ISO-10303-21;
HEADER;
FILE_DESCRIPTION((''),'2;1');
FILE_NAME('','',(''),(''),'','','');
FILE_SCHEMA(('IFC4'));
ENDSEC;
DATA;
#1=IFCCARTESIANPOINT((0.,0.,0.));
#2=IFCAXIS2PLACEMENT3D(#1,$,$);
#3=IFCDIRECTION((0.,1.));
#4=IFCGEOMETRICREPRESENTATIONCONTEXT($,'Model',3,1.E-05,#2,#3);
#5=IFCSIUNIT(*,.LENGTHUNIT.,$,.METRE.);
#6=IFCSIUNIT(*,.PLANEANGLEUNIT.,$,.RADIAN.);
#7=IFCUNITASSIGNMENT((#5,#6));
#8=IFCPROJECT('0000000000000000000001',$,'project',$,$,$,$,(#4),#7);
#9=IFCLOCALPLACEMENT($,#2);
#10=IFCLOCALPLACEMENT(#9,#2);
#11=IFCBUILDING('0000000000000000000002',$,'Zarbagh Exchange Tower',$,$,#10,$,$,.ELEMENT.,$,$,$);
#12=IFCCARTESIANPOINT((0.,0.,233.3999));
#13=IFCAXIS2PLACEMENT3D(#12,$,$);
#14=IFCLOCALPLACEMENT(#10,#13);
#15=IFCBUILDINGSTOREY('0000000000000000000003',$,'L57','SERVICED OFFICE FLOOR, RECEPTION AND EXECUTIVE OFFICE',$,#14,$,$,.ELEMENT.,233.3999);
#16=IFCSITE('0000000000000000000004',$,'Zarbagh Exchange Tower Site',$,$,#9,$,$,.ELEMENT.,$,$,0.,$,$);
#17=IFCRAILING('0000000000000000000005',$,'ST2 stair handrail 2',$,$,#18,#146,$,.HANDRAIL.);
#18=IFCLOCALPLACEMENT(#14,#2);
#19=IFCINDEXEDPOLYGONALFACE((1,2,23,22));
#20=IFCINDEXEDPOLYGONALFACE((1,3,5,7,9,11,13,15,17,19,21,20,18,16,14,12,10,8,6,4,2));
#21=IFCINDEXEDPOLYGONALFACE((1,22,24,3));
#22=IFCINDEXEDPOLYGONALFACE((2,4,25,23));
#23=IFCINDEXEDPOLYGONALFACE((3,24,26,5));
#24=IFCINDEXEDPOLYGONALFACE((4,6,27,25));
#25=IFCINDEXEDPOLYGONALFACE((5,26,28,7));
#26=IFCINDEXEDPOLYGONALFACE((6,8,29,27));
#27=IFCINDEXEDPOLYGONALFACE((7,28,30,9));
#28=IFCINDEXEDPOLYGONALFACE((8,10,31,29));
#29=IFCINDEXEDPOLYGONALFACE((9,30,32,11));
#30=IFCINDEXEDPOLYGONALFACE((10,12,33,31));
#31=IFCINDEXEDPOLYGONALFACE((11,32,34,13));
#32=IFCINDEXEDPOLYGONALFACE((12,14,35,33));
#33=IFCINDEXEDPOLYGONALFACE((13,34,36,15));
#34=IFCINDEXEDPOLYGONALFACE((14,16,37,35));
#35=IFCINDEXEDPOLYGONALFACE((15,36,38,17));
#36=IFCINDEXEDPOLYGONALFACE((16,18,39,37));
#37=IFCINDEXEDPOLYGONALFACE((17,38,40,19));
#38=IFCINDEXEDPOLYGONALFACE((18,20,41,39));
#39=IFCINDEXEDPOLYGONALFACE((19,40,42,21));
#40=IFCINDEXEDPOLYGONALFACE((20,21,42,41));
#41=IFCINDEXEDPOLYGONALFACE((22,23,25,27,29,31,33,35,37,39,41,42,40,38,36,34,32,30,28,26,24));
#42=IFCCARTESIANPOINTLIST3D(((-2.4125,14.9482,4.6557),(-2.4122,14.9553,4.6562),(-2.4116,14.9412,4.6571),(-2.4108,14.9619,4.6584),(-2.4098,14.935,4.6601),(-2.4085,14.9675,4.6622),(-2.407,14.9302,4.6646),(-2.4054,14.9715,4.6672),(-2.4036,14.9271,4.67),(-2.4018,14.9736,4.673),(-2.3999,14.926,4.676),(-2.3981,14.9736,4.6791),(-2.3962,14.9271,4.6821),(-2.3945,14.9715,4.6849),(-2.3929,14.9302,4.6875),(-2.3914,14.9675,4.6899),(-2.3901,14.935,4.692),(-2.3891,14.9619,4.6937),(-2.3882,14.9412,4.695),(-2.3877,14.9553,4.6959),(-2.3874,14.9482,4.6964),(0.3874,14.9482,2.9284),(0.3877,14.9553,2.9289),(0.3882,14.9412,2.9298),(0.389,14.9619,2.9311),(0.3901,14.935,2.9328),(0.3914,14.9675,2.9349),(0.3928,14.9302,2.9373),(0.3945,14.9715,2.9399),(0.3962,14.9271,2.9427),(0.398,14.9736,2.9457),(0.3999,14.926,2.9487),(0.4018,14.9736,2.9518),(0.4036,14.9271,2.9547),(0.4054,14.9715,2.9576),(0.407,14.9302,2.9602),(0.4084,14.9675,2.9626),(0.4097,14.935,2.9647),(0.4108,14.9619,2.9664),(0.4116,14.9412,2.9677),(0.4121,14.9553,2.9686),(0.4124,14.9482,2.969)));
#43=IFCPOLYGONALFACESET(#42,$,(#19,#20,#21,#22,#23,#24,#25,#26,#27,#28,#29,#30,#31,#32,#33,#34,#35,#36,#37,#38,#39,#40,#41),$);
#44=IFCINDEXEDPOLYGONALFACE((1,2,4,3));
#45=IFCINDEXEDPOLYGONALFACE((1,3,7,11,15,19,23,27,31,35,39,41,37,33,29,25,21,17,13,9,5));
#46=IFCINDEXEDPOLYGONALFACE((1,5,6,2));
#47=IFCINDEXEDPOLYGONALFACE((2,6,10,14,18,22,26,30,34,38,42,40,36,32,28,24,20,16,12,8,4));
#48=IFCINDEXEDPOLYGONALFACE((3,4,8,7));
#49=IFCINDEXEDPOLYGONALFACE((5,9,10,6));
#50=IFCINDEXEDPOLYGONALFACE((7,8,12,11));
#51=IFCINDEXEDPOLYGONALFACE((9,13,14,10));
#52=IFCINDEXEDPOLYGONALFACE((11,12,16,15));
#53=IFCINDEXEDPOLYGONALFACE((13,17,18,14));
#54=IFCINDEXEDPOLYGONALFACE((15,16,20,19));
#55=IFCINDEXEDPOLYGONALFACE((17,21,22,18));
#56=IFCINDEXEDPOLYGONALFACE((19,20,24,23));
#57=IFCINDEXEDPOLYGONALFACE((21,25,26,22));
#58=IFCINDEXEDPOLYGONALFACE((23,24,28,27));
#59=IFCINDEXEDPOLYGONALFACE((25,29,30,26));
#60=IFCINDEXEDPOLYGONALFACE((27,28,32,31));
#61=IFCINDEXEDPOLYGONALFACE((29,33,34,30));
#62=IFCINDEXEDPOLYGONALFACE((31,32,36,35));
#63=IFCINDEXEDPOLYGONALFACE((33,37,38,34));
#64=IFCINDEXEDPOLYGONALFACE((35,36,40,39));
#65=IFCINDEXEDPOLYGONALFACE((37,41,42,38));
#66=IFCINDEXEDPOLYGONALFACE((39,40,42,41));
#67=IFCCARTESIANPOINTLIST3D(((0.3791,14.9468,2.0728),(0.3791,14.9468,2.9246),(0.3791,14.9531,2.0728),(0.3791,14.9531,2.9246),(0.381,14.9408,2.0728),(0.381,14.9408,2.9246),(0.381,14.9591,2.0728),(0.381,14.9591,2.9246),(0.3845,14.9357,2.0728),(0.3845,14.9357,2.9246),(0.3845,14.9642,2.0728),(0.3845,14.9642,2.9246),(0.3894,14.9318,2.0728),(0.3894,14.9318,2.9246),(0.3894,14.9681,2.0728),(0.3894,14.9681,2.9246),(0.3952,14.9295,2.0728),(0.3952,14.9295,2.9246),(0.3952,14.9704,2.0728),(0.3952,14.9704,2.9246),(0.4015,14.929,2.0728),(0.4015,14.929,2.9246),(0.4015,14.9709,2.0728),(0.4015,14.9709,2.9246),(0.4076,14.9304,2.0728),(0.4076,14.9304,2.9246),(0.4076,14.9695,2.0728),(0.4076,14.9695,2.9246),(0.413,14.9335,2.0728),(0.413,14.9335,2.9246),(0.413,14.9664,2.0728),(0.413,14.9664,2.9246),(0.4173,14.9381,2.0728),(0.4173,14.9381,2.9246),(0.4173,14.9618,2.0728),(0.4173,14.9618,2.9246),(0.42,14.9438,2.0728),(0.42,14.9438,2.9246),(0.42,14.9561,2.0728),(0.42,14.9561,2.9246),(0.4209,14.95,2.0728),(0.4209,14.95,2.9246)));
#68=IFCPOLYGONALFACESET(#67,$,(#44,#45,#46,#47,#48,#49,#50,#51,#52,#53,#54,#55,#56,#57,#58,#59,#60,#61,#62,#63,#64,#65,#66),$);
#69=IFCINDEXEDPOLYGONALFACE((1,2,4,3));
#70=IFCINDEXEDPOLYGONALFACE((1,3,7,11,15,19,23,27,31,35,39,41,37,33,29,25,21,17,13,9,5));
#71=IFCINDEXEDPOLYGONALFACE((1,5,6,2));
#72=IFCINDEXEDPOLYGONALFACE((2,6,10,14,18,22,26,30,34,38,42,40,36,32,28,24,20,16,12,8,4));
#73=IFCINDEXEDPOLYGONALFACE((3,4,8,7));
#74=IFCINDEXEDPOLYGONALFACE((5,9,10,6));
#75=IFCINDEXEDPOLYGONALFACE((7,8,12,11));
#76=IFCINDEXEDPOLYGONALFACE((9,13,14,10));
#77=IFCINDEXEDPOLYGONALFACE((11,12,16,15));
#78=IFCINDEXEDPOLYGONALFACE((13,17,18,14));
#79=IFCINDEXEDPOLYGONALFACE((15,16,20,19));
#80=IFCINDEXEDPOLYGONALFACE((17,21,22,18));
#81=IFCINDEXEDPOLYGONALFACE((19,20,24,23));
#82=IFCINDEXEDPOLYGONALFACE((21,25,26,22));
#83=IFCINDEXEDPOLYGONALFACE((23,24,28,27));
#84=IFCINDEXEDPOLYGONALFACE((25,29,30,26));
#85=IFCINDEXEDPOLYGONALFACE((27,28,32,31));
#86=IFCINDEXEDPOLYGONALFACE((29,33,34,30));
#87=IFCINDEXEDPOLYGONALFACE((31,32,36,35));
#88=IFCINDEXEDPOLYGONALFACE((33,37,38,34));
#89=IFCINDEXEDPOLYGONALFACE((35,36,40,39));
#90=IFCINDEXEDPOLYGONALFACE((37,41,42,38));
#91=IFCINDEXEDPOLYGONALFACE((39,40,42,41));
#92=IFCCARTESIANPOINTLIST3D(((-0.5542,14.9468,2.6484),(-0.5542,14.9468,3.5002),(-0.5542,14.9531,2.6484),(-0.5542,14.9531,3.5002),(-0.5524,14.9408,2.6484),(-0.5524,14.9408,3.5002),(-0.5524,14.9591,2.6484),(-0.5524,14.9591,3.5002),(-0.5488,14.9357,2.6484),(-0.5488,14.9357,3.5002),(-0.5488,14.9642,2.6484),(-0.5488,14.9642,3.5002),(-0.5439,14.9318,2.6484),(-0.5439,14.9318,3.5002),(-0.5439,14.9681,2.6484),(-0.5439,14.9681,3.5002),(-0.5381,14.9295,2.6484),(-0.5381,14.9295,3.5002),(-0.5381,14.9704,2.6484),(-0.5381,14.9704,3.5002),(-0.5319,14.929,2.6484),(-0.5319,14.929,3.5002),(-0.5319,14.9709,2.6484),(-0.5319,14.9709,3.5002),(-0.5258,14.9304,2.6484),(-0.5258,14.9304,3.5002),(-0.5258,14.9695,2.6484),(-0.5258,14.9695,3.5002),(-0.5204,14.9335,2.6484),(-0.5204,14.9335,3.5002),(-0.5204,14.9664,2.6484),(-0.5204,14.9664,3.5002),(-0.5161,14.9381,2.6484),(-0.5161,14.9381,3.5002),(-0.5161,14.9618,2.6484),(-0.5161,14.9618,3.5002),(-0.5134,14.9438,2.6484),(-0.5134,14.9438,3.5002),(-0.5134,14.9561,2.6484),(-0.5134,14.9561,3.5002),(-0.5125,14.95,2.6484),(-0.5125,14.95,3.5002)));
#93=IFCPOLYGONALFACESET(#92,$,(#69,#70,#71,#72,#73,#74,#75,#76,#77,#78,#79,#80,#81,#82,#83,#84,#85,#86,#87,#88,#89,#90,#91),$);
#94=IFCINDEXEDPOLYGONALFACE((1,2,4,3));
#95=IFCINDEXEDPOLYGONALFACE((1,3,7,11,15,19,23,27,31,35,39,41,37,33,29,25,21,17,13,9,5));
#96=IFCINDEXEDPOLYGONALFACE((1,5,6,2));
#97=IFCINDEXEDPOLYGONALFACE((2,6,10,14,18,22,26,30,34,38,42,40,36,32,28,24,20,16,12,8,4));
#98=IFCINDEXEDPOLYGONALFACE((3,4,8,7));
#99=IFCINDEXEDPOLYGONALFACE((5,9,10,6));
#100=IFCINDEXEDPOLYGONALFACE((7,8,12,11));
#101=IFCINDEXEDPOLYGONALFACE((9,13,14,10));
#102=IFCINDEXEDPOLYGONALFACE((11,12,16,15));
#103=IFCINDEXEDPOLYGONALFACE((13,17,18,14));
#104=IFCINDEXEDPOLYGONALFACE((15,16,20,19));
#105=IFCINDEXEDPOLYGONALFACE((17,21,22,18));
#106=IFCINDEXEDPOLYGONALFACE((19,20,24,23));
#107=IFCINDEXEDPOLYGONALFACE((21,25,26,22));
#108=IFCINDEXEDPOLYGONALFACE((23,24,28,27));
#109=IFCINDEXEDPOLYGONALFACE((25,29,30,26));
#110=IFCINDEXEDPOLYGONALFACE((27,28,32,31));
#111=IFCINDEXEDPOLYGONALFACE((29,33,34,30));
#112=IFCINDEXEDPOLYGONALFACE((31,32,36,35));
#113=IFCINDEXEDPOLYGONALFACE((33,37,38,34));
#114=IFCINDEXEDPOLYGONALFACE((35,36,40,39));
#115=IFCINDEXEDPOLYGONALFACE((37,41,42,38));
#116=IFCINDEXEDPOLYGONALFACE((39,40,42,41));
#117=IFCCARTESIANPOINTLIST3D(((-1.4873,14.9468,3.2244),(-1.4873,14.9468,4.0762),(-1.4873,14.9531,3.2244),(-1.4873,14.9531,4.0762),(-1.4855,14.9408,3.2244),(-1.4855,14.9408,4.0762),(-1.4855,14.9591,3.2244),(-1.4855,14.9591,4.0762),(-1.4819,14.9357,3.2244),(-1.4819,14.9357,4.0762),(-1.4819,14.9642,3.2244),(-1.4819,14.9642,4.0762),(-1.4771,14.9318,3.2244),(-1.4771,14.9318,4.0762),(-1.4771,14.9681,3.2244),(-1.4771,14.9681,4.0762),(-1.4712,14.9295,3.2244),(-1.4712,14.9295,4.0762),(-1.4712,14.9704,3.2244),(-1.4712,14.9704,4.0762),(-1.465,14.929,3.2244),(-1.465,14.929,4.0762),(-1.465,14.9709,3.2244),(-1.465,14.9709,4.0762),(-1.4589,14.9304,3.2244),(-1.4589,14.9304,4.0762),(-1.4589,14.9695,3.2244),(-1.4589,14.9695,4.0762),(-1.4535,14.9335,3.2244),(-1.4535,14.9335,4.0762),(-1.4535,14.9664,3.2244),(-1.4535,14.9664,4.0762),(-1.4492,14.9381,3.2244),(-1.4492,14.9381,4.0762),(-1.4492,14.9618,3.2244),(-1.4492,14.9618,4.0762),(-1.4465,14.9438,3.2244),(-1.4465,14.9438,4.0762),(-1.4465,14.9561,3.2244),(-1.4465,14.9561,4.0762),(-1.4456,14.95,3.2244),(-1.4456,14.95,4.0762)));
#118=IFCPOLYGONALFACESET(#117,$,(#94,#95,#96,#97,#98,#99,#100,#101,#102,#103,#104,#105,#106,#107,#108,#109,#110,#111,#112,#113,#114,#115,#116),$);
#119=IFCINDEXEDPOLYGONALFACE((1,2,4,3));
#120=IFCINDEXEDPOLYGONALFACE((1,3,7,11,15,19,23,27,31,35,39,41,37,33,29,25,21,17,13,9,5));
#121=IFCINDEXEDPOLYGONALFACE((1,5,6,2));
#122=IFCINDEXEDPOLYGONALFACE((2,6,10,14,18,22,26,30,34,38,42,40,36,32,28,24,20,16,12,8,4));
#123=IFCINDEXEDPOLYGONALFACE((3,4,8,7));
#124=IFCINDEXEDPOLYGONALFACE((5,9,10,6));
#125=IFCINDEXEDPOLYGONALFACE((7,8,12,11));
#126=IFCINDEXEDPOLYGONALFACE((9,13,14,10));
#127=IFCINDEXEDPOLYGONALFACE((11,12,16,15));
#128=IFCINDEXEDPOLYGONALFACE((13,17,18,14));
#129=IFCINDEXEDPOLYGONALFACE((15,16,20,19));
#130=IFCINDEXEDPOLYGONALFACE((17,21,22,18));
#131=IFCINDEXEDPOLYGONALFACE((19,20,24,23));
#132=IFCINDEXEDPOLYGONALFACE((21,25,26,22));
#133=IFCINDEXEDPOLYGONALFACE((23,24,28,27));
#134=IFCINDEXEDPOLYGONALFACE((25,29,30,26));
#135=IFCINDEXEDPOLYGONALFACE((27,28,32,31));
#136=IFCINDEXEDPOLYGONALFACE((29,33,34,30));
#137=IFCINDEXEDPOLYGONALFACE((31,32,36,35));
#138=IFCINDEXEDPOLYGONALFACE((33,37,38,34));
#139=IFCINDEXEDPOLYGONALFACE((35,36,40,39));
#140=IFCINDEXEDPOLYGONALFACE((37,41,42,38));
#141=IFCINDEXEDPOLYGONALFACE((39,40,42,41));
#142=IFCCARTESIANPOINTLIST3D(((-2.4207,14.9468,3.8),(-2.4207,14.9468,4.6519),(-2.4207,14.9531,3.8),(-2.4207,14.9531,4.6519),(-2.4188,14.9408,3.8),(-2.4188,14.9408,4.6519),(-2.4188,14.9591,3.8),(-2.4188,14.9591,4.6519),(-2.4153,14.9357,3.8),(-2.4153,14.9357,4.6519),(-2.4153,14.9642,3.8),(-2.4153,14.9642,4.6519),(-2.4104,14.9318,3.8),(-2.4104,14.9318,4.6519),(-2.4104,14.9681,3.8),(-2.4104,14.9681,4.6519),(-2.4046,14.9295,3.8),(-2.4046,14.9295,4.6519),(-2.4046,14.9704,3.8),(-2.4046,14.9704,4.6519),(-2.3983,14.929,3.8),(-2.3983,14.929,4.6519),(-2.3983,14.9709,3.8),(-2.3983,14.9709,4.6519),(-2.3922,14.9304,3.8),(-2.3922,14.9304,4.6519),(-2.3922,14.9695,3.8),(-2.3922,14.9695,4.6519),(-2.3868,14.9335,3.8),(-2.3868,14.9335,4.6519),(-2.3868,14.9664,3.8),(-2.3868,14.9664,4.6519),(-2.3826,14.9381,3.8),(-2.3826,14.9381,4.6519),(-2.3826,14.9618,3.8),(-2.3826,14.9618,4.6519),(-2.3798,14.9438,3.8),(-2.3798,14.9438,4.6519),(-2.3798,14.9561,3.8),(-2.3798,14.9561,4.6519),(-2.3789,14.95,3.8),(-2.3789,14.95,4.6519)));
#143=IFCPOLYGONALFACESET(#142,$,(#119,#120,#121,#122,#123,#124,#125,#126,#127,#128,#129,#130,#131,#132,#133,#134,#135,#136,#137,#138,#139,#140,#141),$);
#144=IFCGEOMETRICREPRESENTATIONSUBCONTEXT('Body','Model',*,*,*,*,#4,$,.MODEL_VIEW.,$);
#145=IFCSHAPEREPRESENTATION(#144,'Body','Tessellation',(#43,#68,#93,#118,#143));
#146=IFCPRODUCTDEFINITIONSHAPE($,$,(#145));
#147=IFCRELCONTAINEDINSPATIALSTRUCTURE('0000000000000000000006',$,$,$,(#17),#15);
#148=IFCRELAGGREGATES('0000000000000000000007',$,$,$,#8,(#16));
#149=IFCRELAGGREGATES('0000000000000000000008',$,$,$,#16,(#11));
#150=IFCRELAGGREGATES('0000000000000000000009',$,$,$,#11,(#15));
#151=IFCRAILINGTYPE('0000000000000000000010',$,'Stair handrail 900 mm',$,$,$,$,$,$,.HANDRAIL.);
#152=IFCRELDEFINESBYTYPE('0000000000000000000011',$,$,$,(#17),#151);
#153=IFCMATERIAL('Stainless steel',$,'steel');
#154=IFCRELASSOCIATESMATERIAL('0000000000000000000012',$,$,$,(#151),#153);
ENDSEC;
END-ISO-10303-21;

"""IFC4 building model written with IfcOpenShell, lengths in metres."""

from ifc_helpers import new_model, si_unit, direction, frame, origin, origin_2d, place, context, subcontext, project, spatial, circle, extrude, material, type_object, element, save


model = new_model("IFC4")

# Units and contexts
model_context = context("Model", 3, precision=1e-05, world=origin(), true_north=direction((0.0, 1.0)))
body_context = subcontext(model_context, "Body", "Model", "MODEL_VIEW")
ifc_project = project(units=[si_unit("LENGTHUNIT", "METRE"), si_unit("PLANEANGLEUNIT", "RADIAN")], contexts=[model_context])

# Site, building, storey
site_placement = place(None, origin())
site = spatial("IfcSite", under=ifc_project, at=site_placement, Name="Zarbagh Exchange Tower Site", CompositionType="ELEMENT", RefElevation=0.0)
building_placement = place(site_placement, origin())
building = spatial("IfcBuilding", under=site, at=building_placement, Name="Zarbagh Exchange Tower", CompositionType="ELEMENT")
storey_placement = place(building_placement, frame((0.0, 0.0, 233.3999)))
storey = spatial("IfcBuildingStorey", under=building, at=storey_placement, Name="L57", Description="SERVICED OFFICE FLOOR, RECEPTION AND EXECUTIVE OFFICE", CompositionType="ELEMENT", Elevation=233.3999)

# Shared definitions
ifc_material_1 = material(Name="Stainless steel", Category="steel")

# Railing
railing_type = type_object("IfcRailingType", Name="Stair handrail 900 mm", PredefinedType="HANDRAIL", material=ifc_material_1)
railing_placement = place(storey_placement, frame((0.3999, 14.95, 2.0728)))
element("IfcRailing", 1, at=railing_placement, inside=storey, type_object=railing_type, Name="ST2 stair handrail 2", PredefinedType="HANDRAIL", context=body_context, shape_type="SweptSolid", body=[
    extrude(circle(Radius=0.0239, at=origin_2d()), frame((0.0, 0.0, 0.876), z_axis=(-0.851069, 0.0, 0.525054), x_axis=(0.0, -1.0, 0.0)), (0.0, 0.0, 1.0), 3.2898),
    extrude(circle(Radius=0.021, at=origin_2d()), origin(), (0.0, 0.0, 1.0), 0.8518),
    extrude(circle(Radius=0.021, at=origin_2d()), frame((-0.9333, 0.0, 0.5757)), (0.0, 0.0, 1.0), 0.8518),
    extrude(circle(Radius=0.021, at=origin_2d()), frame((-1.8665, 0.0, 1.1516)), (0.0, 0.0, 1.0), 0.8518),
    extrude(circle(Radius=0.021, at=origin_2d()), frame((-2.7998, 0.0, 1.7273)), (0.0, 0.0, 1.0), 0.8518),
])

save(model, "model.ifc")
